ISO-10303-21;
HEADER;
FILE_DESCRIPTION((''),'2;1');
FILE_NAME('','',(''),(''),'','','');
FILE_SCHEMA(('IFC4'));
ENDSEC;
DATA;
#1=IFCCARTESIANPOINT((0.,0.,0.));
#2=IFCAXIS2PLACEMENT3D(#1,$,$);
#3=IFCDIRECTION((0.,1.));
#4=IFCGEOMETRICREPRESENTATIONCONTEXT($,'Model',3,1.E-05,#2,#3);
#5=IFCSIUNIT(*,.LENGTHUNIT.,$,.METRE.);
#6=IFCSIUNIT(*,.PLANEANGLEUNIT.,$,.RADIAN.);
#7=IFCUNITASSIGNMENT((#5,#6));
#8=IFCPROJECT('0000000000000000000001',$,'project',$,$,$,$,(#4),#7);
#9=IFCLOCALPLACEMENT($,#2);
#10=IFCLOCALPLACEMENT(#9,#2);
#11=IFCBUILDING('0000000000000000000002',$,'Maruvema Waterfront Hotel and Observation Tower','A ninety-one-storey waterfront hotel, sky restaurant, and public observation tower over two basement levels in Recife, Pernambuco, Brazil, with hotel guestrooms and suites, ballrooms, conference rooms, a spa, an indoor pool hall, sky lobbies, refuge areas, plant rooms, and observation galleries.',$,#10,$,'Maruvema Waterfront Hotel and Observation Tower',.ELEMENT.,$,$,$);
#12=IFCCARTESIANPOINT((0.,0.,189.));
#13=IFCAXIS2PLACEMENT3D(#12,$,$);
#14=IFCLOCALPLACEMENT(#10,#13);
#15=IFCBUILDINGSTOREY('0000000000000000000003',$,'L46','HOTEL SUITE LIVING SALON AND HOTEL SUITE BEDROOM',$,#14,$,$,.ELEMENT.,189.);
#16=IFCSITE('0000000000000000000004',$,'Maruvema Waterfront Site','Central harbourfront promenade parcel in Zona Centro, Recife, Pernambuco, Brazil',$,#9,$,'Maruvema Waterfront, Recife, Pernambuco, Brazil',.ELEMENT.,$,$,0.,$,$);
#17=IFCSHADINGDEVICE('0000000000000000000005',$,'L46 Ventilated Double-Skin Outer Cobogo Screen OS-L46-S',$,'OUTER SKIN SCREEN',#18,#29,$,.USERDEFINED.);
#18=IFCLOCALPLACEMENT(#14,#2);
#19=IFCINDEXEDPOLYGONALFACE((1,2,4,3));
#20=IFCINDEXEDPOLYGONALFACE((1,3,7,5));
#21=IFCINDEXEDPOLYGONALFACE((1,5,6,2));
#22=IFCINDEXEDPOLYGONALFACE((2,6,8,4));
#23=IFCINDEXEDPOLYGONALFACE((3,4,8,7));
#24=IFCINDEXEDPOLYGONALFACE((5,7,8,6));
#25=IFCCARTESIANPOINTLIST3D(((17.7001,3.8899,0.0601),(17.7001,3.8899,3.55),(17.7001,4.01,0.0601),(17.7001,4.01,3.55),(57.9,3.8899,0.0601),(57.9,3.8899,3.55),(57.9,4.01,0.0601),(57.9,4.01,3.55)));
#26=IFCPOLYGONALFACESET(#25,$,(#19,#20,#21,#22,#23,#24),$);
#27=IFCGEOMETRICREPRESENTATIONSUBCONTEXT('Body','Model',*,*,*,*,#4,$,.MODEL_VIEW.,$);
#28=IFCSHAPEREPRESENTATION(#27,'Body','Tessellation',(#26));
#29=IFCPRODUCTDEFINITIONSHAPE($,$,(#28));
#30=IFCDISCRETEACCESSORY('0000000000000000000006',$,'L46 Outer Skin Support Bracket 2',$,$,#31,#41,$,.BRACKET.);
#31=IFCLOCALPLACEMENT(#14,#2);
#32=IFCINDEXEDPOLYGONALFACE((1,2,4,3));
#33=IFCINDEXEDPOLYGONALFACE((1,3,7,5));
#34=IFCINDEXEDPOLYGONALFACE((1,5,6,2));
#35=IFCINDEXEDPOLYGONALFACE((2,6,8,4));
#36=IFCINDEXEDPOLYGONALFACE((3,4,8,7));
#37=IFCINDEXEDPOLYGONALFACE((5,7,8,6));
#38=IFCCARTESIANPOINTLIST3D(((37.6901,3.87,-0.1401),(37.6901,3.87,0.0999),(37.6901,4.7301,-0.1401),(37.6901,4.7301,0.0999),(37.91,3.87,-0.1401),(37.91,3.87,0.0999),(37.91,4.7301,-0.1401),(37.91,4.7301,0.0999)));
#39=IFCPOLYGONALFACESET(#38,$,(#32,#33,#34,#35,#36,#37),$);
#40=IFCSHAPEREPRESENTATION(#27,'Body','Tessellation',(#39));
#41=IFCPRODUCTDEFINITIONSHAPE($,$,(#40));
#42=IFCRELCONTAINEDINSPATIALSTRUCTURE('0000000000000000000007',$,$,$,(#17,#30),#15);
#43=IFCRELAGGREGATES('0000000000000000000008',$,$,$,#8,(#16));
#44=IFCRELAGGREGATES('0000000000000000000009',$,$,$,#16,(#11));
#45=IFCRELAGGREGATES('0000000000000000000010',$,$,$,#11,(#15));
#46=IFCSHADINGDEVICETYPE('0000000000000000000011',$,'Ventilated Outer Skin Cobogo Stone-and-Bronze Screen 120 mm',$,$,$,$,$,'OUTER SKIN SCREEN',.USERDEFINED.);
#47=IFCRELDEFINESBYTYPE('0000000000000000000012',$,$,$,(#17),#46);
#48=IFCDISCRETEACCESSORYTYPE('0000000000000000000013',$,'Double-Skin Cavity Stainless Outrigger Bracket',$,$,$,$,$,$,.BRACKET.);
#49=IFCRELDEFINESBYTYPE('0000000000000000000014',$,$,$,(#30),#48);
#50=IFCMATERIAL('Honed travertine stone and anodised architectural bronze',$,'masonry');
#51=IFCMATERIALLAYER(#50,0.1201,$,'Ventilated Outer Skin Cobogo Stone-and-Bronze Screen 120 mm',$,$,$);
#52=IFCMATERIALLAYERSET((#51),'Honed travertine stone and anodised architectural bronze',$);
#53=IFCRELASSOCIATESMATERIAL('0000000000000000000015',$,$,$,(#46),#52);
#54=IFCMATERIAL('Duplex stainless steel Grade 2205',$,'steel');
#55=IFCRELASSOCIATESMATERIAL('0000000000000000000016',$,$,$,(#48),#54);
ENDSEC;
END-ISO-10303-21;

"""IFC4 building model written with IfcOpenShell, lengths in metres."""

from ifc_helpers import new_model, si_unit, direction, frame, origin, origin_2d, place, context, subcontext, project, spatial, rectangle, extrude, material, layer, layer_set, type_object, element, save


model = new_model("IFC4")

# Units and contexts
model_context = context("Model", 3, precision=1e-05, world=origin(), true_north=direction((0.0, 1.0)))
body_context = subcontext(model_context, "Body", "Model", "MODEL_VIEW")
ifc_project = project(units=[si_unit("LENGTHUNIT", "METRE"), si_unit("PLANEANGLEUNIT", "RADIAN")], contexts=[model_context])

# Site, building, storey
site_placement = place(None, origin())
site = spatial("IfcSite", under=ifc_project, at=site_placement, Name="Maruvema Waterfront Site", Description="Central harbourfront promenade parcel in Zona Centro, Recife, Pernambuco, Brazil", LongName="Maruvema Waterfront, Recife, Pernambuco, Brazil", CompositionType="ELEMENT", RefElevation=0.0)
building_placement = place(site_placement, origin())
building = spatial("IfcBuilding", under=site, at=building_placement, Name="Maruvema Waterfront Hotel and Observation Tower", Description="A ninety-one-storey waterfront hotel, sky restaurant, and public observation tower over two basement levels in Recife, Pernambuco, Brazil, with hotel guestrooms and suites, ballrooms, conference rooms, a spa, an indoor pool hall, sky lobbies, refuge areas, plant rooms, and observation galleries.", LongName="Maruvema Waterfront Hotel and Observation Tower", CompositionType="ELEMENT")
storey_placement = place(building_placement, frame((0.0, 0.0, 189.0)))
storey = spatial("IfcBuildingStorey", under=building, at=storey_placement, Name="L46", Description="HOTEL SUITE LIVING SALON AND HOTEL SUITE BEDROOM", CompositionType="ELEMENT", Elevation=189.0)

# Shading device
ifc_material_1 = material(Name="Honed travertine stone and anodised architectural bronze", Category="masonry")
ifc_layer_1 = layer(ifc_material_1, 0.1201, Name="Ventilated Outer Skin Cobogo Stone-and-Bronze Screen 120 mm")
ifc_layer_set_1 = layer_set([ifc_layer_1], Name="Honed travertine stone and anodised architectural bronze")
shading_device_type = type_object("IfcShadingDeviceType", Name="Ventilated Outer Skin Cobogo Stone-and-Bronze Screen 120 mm", ElementType="OUTER SKIN SCREEN", PredefinedType="USERDEFINED", material=ifc_layer_set_1)
shading_device_placement = place(storey_placement, frame((37.8, 3.95, 0.0601), z_axis=(0.0, 0.0, 1.0), x_axis=(1.0, 0.0, 0.0)))
element("IfcShadingDevice", 1, at=shading_device_placement, inside=storey, type_object=shading_device_type, Name="L46 Ventilated Double-Skin Outer Cobogo Screen OS-L46-S", ObjectType="OUTER SKIN SCREEN", PredefinedType="USERDEFINED", context=body_context, shape_type="SweptSolid", body=[
    extrude(rectangle(XDim=40.2, YDim=0.1201, at=origin_2d()), origin(), (0.0, 0.0, 1.0), 3.49),
])

# Discrete accessory
ifc_material_2 = material(Name="Duplex stainless steel Grade 2205", Category="steel")
discrete_accessory_type = type_object("IfcDiscreteAccessoryType", Name="Double-Skin Cavity Stainless Outrigger Bracket", PredefinedType="BRACKET", material=ifc_material_2)
discrete_accessory_placement = place(storey_placement, frame((37.8, 4.3, -0.1401), z_axis=(0.0, 0.0, 1.0), x_axis=(1.0, 0.0, 0.0)))
element("IfcDiscreteAccessory", 2, at=discrete_accessory_placement, inside=storey, type_object=discrete_accessory_type, Name="L46 Outer Skin Support Bracket 2", PredefinedType="BRACKET", context=body_context, shape_type="SweptSolid", body=[
    extrude(rectangle(XDim=0.22, YDim=0.8601, at=origin_2d()), origin(), (0.0, 0.0, 1.0), 0.24),
])

save(model, "model.ifc")
